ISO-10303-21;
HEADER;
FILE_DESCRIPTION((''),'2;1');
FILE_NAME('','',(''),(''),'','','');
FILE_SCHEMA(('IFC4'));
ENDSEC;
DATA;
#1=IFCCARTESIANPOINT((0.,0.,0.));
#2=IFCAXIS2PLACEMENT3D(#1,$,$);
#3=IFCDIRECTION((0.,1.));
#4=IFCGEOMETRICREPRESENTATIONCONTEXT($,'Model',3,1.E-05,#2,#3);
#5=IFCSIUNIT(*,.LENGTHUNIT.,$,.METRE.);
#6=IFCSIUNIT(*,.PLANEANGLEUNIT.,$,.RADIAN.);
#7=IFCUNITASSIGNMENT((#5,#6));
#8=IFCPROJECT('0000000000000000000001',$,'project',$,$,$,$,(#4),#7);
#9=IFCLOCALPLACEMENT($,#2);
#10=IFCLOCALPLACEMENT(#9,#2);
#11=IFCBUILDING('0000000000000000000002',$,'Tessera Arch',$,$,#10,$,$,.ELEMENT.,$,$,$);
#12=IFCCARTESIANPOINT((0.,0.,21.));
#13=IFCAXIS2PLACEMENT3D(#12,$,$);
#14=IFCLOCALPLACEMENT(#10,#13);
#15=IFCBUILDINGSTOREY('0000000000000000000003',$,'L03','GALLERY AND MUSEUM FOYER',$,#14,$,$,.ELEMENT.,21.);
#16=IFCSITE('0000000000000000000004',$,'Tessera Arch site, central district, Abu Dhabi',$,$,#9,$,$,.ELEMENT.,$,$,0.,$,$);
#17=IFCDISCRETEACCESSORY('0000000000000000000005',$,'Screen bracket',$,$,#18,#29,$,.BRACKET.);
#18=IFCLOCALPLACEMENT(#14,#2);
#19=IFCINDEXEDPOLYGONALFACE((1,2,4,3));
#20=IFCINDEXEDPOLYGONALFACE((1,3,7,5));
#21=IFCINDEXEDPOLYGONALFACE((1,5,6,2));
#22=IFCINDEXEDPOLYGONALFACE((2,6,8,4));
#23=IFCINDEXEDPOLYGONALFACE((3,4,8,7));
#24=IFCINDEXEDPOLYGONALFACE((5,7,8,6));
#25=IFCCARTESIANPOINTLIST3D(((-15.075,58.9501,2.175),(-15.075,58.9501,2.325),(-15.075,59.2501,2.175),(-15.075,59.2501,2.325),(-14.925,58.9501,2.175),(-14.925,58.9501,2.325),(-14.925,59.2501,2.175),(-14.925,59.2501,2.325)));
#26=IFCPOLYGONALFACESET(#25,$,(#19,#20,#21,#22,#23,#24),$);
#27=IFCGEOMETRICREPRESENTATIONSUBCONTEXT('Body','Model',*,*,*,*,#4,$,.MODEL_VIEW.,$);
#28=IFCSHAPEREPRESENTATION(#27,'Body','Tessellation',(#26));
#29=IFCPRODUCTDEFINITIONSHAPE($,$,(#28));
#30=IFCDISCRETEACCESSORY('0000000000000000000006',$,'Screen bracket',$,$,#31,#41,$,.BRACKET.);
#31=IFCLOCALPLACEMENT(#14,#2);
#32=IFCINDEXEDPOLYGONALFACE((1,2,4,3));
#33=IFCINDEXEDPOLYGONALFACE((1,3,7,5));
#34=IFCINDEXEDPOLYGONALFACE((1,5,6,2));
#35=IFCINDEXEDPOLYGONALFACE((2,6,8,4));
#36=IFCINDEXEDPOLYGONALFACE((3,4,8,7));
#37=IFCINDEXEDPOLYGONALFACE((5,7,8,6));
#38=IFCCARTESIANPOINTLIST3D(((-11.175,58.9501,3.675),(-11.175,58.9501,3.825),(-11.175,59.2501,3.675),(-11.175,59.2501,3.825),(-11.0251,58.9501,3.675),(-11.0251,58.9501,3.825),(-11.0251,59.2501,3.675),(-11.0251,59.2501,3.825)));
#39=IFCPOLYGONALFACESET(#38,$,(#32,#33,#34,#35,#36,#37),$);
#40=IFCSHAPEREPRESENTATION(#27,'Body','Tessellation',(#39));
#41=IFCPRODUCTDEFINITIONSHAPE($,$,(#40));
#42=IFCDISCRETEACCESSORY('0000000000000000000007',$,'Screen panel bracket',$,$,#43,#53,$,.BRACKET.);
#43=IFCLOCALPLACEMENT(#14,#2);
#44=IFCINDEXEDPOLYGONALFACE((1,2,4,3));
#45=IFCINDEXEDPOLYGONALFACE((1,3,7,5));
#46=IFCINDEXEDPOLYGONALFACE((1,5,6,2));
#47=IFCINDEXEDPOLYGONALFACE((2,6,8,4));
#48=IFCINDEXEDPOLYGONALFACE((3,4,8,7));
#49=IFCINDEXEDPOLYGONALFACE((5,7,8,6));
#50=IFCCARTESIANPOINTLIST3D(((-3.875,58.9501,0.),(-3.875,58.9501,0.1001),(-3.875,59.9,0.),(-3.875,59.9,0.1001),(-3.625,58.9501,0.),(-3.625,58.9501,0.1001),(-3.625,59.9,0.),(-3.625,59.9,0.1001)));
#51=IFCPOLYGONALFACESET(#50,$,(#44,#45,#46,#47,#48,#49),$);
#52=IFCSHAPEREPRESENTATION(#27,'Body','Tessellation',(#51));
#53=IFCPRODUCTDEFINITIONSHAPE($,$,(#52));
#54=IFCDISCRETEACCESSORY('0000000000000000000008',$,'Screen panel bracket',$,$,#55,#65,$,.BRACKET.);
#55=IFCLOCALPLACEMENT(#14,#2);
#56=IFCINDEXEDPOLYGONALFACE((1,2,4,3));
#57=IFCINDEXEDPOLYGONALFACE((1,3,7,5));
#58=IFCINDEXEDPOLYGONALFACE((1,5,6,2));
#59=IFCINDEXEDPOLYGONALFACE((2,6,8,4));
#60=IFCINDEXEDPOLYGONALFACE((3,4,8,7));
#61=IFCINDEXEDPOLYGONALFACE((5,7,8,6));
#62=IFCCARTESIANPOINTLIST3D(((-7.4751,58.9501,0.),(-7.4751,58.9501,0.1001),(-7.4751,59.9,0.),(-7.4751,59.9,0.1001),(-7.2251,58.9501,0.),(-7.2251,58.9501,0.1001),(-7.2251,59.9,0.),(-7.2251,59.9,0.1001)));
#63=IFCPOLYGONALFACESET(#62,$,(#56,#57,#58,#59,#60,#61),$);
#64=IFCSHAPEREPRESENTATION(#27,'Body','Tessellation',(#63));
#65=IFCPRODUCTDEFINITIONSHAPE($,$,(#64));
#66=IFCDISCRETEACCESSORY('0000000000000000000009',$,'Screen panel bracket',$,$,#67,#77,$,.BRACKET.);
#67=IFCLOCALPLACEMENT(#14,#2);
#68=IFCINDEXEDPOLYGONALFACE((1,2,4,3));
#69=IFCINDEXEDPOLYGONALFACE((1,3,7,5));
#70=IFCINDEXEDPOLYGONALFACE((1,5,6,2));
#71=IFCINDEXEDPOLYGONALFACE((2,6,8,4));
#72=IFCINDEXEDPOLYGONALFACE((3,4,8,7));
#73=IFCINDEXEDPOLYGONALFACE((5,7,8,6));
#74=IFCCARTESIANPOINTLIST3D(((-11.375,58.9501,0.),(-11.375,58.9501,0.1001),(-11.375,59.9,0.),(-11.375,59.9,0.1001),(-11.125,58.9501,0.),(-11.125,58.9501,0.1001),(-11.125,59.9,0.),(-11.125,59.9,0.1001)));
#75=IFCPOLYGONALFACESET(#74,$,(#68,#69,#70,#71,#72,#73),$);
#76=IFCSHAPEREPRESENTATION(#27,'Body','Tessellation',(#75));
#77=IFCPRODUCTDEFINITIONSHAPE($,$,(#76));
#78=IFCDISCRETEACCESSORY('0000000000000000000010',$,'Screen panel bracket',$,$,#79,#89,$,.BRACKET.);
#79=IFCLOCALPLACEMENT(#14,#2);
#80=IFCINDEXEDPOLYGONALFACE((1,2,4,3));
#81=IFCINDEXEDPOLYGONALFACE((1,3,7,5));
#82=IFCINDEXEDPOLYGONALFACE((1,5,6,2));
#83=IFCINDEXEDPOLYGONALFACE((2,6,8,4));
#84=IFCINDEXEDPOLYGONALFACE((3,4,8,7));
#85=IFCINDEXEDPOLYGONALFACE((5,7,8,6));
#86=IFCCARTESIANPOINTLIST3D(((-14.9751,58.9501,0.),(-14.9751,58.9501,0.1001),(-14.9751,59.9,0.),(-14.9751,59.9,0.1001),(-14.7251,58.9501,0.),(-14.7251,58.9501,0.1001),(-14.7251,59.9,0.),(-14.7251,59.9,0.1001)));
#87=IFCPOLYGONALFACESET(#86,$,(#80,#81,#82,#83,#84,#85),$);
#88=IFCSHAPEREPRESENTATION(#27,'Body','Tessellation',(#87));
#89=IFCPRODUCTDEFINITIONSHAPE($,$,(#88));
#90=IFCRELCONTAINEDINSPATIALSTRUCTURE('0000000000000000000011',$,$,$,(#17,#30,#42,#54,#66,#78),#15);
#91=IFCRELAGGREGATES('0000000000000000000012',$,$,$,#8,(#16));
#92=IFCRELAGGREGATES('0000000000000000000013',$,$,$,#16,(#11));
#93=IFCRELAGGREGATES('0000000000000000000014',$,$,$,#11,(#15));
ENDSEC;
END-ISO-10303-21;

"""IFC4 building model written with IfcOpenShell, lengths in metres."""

from ifc_helpers import new_model, si_unit, direction, frame, origin, origin_2d, place, context, subcontext, project, spatial, rectangle, extrude, element, save


model = new_model("IFC4")

# Units and contexts
model_context = context("Model", 3, precision=1e-05, world=origin(), true_north=direction((0.0, 1.0)))
body_context = subcontext(model_context, "Body", "Model", "MODEL_VIEW")
ifc_project = project(units=[si_unit("LENGTHUNIT", "METRE"), si_unit("PLANEANGLEUNIT", "RADIAN")], contexts=[model_context])

# Site, building, storey
site_placement = place(None, origin())
site = spatial("IfcSite", under=ifc_project, at=site_placement, Name="Tessera Arch site, central district, Abu Dhabi", CompositionType="ELEMENT", RefElevation=0.0)
building_placement = place(site_placement, origin())
building = spatial("IfcBuilding", under=site, at=building_placement, Name="Tessera Arch", CompositionType="ELEMENT")
storey_placement = place(building_placement, frame((0.0, 0.0, 21.0)))
storey = spatial("IfcBuildingStorey", under=building, at=storey_placement, Name="L03", Description="GALLERY AND MUSEUM FOYER", CompositionType="ELEMENT", Elevation=21.0)

# Discrete accessories
for number, where, z_axis, x_axis, name in (
    (1, (-15.0, 59.1001, 2.175), (0.0, 0.0, 1.0), (0.0, 1.0, 0.0), "Screen bracket"),
    (2, (-11.1001, 59.1001, 3.675), (0.0, 0.0, 1.0), (0.0, 1.0, 0.0), "Screen bracket"),
):
    element("IfcDiscreteAccessory", number, at=place(storey_placement, frame(where, z_axis=z_axis, x_axis=x_axis)), inside=storey, Name=name, PredefinedType="BRACKET", context=body_context, shape_type="SweptSolid", body=[
        extrude(rectangle(XDim=0.3, YDim=0.1499, at=origin_2d()), origin(), (0.0, 0.0, 1.0), 0.1499),
    ])
for number, where, z_axis, x_axis, name in (
    (3, (-3.75, 59.425, 0.0), (0.0, 0.0, 1.0), (0.0, 1.0, 0.0), "Screen panel bracket"),
    (4, (-7.3501, 59.425, 0.0), (0.0, 0.0, 1.0), (0.0, 1.0, 0.0), "Screen panel bracket"),
    (5, (-11.25, 59.425, 0.0), (0.0, 0.0, 1.0), (0.0, 1.0, 0.0), "Screen panel bracket"),
    (6, (-14.8501, 59.425, 0.0), (0.0, 0.0, 1.0), (0.0, 1.0, 0.0), "Screen panel bracket"),
):
    element("IfcDiscreteAccessory", number, at=place(storey_placement, frame(where, z_axis=z_axis, x_axis=x_axis)), inside=storey, Name=name, PredefinedType="BRACKET", context=body_context, shape_type="SweptSolid", body=[
        extrude(rectangle(XDim=0.95, YDim=0.25, at=origin_2d()), origin(), (0.0, 0.0, 1.0), 0.1001),
    ])

save(model, "model.ifc")
